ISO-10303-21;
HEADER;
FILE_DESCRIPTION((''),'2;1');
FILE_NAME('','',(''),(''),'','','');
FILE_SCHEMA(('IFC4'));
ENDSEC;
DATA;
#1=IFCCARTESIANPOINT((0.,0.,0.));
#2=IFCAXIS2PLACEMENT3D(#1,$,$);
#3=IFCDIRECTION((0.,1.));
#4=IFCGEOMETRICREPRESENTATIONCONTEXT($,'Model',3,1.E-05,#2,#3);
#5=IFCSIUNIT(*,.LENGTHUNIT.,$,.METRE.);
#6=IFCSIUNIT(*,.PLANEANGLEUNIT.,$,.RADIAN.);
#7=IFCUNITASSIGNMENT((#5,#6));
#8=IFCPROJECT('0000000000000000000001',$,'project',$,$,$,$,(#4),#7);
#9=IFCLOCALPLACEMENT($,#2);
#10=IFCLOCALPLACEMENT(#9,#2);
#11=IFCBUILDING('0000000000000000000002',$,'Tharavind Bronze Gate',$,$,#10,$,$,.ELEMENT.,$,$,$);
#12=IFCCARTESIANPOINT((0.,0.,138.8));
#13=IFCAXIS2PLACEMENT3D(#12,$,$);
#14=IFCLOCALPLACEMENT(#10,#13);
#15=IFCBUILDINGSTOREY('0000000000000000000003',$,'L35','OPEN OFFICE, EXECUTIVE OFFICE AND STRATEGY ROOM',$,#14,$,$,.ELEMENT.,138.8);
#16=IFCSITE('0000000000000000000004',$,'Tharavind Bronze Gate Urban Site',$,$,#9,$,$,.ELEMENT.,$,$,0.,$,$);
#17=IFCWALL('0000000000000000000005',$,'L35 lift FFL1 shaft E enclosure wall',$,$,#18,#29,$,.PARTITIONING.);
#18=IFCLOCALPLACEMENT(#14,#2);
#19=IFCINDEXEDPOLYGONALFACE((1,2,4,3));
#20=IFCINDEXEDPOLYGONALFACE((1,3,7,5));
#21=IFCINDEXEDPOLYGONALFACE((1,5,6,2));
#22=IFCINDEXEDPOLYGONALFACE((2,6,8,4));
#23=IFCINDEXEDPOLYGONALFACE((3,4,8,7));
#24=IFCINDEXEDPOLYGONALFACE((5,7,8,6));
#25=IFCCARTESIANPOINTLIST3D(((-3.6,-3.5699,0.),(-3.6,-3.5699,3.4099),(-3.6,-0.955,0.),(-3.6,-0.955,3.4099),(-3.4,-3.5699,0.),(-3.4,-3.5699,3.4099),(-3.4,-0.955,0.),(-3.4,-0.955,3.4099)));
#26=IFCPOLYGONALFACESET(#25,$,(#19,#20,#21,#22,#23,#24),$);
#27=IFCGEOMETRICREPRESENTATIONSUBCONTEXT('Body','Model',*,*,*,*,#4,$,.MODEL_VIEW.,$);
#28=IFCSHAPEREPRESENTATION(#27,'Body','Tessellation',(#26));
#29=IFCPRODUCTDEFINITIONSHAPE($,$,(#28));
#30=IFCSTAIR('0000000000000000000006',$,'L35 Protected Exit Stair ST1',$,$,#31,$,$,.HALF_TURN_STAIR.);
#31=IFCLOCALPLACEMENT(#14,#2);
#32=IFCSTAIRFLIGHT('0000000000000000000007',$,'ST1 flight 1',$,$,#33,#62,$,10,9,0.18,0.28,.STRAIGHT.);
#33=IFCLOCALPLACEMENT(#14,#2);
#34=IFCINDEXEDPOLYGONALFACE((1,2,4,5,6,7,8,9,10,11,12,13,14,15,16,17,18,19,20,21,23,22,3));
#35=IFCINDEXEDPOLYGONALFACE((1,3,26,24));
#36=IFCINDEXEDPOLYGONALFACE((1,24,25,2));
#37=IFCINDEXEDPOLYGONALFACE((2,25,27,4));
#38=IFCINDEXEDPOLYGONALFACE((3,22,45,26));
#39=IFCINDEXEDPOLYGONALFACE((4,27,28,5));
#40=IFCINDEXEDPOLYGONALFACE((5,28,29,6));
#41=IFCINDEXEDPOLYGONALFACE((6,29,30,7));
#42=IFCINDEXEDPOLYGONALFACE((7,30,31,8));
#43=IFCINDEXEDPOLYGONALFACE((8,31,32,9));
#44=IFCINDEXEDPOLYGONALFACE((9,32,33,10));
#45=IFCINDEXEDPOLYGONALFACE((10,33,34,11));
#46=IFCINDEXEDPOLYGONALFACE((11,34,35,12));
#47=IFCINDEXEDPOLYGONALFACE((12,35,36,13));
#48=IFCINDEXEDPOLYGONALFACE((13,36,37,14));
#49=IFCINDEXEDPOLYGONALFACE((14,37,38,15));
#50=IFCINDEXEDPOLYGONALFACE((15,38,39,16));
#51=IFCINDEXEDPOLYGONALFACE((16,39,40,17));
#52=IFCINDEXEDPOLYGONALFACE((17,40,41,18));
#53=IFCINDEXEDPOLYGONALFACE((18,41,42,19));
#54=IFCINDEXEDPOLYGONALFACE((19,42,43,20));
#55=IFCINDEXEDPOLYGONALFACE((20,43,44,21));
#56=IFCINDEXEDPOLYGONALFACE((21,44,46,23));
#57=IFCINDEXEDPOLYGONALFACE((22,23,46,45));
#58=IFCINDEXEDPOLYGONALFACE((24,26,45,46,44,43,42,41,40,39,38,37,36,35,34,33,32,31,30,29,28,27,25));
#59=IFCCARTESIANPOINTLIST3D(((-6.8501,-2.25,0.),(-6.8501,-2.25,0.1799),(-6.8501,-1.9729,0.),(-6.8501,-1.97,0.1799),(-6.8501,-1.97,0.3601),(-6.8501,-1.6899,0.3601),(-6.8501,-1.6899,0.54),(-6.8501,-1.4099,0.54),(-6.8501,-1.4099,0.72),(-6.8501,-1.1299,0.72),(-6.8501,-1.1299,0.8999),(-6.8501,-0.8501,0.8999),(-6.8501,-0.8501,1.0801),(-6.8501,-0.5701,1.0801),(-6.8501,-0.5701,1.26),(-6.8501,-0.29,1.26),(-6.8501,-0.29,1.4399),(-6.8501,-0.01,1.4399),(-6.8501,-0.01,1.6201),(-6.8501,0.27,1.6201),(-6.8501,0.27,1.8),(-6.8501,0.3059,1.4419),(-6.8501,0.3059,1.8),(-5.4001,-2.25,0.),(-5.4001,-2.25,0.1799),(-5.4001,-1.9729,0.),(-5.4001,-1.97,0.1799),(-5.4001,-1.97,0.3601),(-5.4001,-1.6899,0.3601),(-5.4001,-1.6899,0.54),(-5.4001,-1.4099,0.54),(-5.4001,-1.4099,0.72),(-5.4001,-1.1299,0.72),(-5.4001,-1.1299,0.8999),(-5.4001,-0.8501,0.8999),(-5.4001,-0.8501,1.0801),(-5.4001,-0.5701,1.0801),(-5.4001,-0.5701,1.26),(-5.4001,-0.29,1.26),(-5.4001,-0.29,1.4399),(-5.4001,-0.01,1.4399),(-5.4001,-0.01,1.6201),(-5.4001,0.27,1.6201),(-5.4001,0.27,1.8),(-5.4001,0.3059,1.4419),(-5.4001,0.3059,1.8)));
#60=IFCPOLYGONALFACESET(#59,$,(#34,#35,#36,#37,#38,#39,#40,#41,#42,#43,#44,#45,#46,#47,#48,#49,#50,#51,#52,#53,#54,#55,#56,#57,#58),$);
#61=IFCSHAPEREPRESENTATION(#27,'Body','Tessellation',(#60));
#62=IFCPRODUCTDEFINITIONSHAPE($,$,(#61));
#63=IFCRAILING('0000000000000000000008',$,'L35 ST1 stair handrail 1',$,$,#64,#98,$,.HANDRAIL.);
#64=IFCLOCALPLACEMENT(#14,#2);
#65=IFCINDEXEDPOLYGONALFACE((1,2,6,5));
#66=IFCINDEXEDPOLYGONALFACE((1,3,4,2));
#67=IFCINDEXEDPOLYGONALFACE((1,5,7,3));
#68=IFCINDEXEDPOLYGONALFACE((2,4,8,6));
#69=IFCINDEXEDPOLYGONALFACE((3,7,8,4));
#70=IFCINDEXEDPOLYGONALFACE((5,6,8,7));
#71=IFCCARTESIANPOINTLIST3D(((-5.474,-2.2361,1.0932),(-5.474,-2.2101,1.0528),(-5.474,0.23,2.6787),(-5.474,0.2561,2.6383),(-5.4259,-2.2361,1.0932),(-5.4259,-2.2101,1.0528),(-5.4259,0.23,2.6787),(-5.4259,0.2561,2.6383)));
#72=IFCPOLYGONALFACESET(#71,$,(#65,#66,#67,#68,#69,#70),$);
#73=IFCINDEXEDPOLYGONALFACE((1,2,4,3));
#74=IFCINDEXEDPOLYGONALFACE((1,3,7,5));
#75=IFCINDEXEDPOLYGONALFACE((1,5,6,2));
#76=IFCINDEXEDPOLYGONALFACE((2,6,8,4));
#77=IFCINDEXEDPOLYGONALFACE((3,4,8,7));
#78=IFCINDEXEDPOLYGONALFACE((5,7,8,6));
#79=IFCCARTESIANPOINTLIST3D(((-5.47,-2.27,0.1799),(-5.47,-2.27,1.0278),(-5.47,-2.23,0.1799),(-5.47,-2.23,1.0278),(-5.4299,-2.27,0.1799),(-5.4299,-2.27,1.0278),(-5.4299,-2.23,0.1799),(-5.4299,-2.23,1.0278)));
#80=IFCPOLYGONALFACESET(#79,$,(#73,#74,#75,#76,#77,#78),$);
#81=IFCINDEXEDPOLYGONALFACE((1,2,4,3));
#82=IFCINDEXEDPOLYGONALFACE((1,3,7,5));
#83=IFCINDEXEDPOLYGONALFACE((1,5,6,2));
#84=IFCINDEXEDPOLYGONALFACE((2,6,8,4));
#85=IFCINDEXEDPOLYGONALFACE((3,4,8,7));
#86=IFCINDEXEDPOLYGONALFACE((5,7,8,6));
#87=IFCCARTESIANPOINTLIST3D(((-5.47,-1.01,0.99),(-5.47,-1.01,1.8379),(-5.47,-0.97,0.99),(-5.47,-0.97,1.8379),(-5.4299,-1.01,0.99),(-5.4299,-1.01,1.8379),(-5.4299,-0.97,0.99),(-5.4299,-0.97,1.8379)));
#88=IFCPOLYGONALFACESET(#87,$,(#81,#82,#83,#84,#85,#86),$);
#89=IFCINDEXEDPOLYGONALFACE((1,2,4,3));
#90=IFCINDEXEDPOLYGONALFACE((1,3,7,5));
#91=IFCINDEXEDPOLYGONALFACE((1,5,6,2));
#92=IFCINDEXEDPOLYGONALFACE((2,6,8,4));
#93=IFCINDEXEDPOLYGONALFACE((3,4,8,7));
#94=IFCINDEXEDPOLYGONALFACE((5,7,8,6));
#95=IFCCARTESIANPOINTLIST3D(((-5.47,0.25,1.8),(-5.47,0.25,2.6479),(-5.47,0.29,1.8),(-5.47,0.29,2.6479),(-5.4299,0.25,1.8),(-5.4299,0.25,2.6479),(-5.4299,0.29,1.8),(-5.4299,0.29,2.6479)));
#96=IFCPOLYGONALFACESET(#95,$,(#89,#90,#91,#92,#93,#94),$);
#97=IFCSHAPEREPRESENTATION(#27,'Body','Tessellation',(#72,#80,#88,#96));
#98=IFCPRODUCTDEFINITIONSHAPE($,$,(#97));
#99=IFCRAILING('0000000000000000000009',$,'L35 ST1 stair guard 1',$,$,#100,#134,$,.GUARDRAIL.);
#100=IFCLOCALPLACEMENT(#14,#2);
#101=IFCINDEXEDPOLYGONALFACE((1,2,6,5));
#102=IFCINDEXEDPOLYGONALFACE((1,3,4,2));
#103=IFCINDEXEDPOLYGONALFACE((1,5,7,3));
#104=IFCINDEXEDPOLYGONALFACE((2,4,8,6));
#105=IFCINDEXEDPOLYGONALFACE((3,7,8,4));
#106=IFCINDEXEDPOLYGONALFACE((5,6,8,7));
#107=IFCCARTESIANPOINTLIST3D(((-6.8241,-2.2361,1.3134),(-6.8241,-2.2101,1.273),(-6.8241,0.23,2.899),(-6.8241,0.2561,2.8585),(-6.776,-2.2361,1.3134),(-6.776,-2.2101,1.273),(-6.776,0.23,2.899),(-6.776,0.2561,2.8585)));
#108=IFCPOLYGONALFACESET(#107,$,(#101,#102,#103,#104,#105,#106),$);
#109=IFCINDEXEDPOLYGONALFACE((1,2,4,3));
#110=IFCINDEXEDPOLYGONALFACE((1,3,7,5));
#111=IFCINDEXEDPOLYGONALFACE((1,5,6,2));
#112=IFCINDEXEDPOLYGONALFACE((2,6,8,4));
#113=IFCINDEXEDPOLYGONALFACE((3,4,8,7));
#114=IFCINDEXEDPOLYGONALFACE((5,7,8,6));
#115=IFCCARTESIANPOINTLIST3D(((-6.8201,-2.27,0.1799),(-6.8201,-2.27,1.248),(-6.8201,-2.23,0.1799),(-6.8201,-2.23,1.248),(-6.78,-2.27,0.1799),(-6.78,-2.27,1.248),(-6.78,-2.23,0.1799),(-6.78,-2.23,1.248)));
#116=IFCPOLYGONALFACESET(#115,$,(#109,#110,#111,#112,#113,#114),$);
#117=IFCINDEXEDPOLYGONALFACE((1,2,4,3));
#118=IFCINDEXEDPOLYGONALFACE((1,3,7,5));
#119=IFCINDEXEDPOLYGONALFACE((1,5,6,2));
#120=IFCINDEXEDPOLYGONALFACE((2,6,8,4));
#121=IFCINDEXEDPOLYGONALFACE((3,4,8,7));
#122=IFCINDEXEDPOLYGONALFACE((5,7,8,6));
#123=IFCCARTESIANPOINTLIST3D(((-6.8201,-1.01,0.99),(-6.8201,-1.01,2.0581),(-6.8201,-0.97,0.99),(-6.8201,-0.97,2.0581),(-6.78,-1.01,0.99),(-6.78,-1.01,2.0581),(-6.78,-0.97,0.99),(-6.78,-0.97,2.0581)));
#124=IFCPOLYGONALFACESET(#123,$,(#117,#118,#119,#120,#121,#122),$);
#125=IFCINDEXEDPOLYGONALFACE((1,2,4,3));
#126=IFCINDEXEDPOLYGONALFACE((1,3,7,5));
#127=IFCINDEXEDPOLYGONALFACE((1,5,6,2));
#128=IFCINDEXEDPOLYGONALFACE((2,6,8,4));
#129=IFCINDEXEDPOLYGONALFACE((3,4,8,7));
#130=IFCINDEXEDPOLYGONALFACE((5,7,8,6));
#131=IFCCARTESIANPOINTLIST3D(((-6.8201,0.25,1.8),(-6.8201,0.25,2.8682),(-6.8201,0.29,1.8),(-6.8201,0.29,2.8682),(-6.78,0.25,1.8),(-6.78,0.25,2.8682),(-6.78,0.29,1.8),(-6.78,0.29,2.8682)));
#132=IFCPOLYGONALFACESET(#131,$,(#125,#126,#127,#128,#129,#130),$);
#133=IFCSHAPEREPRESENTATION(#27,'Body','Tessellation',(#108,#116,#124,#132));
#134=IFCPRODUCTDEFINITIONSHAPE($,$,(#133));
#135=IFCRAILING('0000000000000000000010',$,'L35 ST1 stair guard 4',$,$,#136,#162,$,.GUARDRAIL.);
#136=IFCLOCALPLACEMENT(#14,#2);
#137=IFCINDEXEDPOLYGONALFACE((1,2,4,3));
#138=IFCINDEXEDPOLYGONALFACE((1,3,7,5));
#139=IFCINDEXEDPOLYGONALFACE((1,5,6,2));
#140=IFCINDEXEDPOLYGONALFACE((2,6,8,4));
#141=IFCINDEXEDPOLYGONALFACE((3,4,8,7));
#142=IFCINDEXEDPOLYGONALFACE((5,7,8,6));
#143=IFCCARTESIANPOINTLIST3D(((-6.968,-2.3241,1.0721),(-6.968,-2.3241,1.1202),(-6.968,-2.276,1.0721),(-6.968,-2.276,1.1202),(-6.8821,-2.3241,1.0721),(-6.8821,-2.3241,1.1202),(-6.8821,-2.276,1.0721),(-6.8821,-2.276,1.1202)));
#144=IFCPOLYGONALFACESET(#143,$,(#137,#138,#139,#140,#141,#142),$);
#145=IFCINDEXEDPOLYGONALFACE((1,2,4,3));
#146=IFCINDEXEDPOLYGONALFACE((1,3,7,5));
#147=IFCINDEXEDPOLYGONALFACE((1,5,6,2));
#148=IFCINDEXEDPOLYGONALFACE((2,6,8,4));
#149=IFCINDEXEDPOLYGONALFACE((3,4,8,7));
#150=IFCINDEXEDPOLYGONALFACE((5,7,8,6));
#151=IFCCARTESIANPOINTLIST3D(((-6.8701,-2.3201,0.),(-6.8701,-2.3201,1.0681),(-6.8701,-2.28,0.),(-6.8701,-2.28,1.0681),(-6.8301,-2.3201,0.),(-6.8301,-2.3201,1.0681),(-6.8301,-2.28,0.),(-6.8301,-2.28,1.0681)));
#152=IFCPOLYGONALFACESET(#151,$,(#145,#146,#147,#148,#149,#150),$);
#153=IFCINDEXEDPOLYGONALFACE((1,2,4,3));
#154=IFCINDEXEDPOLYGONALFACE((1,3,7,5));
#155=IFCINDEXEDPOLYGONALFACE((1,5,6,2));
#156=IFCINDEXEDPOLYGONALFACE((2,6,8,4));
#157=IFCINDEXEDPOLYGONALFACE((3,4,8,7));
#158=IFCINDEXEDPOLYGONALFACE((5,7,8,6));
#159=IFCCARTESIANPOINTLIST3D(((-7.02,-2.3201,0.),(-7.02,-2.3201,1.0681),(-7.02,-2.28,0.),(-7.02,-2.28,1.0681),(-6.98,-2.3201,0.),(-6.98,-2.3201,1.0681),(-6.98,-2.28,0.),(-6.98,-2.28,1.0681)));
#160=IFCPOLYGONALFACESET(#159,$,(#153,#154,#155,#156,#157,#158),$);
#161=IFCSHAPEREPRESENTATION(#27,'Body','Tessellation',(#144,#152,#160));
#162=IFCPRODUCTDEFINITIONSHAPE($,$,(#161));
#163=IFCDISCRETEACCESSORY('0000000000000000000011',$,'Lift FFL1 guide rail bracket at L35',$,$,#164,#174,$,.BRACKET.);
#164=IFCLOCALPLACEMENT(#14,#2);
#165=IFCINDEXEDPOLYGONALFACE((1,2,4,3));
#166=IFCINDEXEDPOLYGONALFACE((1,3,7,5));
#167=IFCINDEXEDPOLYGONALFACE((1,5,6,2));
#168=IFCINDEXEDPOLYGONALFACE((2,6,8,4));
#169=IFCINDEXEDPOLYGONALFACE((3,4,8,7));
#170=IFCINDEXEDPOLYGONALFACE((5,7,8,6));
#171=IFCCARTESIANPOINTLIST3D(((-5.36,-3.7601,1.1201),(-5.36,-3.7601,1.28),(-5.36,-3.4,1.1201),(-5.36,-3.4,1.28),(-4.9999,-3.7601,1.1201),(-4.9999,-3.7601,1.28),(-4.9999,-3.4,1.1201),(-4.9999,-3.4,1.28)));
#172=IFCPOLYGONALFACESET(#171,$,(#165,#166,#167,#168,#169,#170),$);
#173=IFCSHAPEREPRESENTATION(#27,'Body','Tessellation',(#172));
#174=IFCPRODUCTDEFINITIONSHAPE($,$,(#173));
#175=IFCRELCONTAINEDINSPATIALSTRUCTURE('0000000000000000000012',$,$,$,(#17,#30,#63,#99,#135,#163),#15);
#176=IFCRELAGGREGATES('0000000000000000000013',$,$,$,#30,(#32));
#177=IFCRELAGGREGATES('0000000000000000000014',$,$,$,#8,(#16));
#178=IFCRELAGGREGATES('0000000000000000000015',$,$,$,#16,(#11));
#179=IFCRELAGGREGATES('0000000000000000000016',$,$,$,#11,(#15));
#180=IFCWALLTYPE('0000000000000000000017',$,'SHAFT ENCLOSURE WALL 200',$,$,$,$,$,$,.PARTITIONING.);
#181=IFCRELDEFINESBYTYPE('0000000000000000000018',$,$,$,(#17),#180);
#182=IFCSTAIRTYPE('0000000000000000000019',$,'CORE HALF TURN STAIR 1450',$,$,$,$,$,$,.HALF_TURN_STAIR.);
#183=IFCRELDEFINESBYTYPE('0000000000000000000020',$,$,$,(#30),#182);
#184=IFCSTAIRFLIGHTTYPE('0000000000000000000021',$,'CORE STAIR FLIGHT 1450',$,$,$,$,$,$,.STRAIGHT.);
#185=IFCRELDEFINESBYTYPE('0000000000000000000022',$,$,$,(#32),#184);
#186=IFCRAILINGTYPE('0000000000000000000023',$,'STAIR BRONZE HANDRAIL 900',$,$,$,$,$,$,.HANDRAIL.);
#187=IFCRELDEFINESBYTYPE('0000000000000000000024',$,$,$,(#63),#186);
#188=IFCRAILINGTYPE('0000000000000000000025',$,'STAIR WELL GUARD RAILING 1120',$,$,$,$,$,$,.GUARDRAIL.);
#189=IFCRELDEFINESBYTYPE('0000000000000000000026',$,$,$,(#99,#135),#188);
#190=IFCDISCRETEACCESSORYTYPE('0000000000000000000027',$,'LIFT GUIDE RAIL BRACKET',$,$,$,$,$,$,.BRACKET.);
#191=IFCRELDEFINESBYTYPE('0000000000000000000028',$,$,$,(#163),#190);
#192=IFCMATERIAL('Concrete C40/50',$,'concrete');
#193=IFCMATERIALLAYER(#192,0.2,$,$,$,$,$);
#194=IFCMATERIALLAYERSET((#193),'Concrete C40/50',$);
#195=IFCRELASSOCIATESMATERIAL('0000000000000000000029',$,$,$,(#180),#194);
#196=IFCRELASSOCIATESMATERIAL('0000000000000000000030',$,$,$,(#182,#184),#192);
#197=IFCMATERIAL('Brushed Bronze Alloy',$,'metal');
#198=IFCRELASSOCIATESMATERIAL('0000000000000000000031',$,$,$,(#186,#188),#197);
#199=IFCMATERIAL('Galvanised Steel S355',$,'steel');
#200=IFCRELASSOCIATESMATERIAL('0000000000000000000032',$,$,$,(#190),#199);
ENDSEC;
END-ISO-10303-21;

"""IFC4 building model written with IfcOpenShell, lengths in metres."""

from ifc_helpers import new_model, si_unit, direction, frame, frame_2d, origin, origin_2d, place, context, subcontext, project, spatial, polyline, rectangle, outline, extrude, material, layer, layer_set, type_object, element, aggregate, save


model = new_model("IFC4")

# Units and contexts
model_context = context("Model", 3, precision=1e-05, world=origin(), true_north=direction((0.0, 1.0)))
body_context = subcontext(model_context, "Body", "Model", "MODEL_VIEW")
ifc_project = project(units=[si_unit("LENGTHUNIT", "METRE"), si_unit("PLANEANGLEUNIT", "RADIAN")], contexts=[model_context])

# Site, building, storey
site_placement = place(None, origin())
site = spatial("IfcSite", under=ifc_project, at=site_placement, Name="Tharavind Bronze Gate Urban Site", CompositionType="ELEMENT", RefElevation=0.0)
building_placement = place(site_placement, origin())
building = spatial("IfcBuilding", under=site, at=building_placement, Name="Tharavind Bronze Gate", CompositionType="ELEMENT")
storey_placement = place(building_placement, frame((0.0, 0.0, 138.8)))
storey = spatial("IfcBuildingStorey", under=building, at=storey_placement, Name="L35", Description="OPEN OFFICE, EXECUTIVE OFFICE AND STRATEGY ROOM", CompositionType="ELEMENT", Elevation=138.8)

# Wall
ifc_material_1 = material(Name="Concrete C40/50", Category="concrete")
ifc_layer_1 = layer(ifc_material_1, 0.2)
ifc_layer_set_1 = layer_set([ifc_layer_1], Name="Concrete C40/50")
wall_type_1 = type_object("IfcWallType", Name="SHAFT ENCLOSURE WALL 200", PredefinedType="PARTITIONING", material=ifc_layer_set_1)
wall_1_placement = place(storey_placement, frame((-3.5, -3.5701, 0.0), z_axis=(0.0, 0.0, 1.0), x_axis=(0.0, 1.0, 0.0)))
element("IfcWall", 1, at=wall_1_placement, inside=storey, type_object=wall_type_1, Name="L35 lift FFL1 shaft E enclosure wall", PredefinedType="PARTITIONING", context=body_context, shape_type="SweptSolid", body=[
    extrude(rectangle(XDim=2.615, YDim=0.2, at=frame_2d((1.3076, 0.0))), origin(), (0.0, 0.0, 1.0), 3.4099),
])

# Stair, stair flight
stair_type = type_object("IfcStairType", Name="CORE HALF TURN STAIR 1450", PredefinedType="HALF_TURN_STAIR", material=ifc_material_1)
stair_placement = place(storey_placement, origin())
stair = element("IfcStair", 2, at=stair_placement, inside=storey, type_object=stair_type, Name="L35 Protected Exit Stair ST1", PredefinedType="HALF_TURN_STAIR")
stair_flight_type = type_object("IfcStairFlightType", Name="CORE STAIR FLIGHT 1450", PredefinedType="STRAIGHT", material=ifc_material_1)
stair_flight_placement = place(storey_placement, frame((-6.125, -2.25, 0.0), z_axis=(0.0, 0.0, 1.0), x_axis=(0.0, 1.0, 0.0)))
stair_flight = element("IfcStairFlight", 3, at=stair_flight_placement, type_object=stair_flight_type, Name="ST1 flight 1", NumberOfRisers=10, NumberOfTreads=9, PredefinedType="STRAIGHT", RiserHeight=0.18, TreadLength=0.28, context=body_context, shape_type="SweptSolid", body=[
    extrude(outline(polyline([(0.0, 0.0), (0.0, 0.1799), (0.28, 0.1799), (0.28, 0.3601), (0.5601, 0.3601), (0.5601, 0.54), (0.8401, 0.54), (0.8401, 0.72), (1.1201, 0.72), (1.1201, 0.8999), (1.3999, 0.8999), (1.3999, 1.0801), (1.6799, 1.0801), (1.6799, 1.26), (1.96, 1.26), (1.96, 1.4399), (2.24, 1.4399), (2.24, 1.6201), (2.52, 1.6201), (2.52, 1.8), (2.5559, 1.8), (2.5559, 1.4419), (0.2771, 0.0), (0.0, 0.0)])), frame((0.0, 0.7251, 0.0), z_axis=(0.0, -1.0, 0.0), x_axis=(1.0, 0.0, 0.0)), (0.0, 0.0, 1.0), 1.45),
])
aggregate(stair, [stair_flight])

# Railings
ifc_material_2 = material(Name="Brushed Bronze Alloy", Category="metal")
railing_type_1 = type_object("IfcRailingType", Name="STAIR BRONZE HANDRAIL 900", PredefinedType="HANDRAIL", material=ifc_material_2)
railing_1_placement = place(storey_placement, frame((-5.45, -2.25, 0.1799)))
element("IfcRailing", 4, at=railing_1_placement, inside=storey, type_object=railing_type_1, Name="L35 ST1 stair handrail 1", PredefinedType="HANDRAIL", context=body_context, shape_type="SweptSolid", body=[
    extrude(rectangle(XDim=0.0481, YDim=0.0481, at=origin_2d()), frame((0.0, 0.0269, 0.8931), z_axis=(0.0, 0.841163, 0.540782), x_axis=(-1.0, 0.0, 0.0)), (0.0, 0.0, 1.0), 2.9319),
    extrude(rectangle(XDim=0.04, YDim=0.04, at=origin_2d()), origin(), (0.0, 0.0, 1.0), 0.8479),
    extrude(rectangle(XDim=0.04, YDim=0.04, at=origin_2d()), frame((0.0, 1.26, 0.8101)), (0.0, 0.0, 1.0), 0.8479),
    extrude(rectangle(XDim=0.04, YDim=0.04, at=origin_2d()), frame((0.0, 2.52, 1.6201)), (0.0, 0.0, 1.0), 0.8479),
])
railing_type_2 = type_object("IfcRailingType", Name="STAIR WELL GUARD RAILING 1120", PredefinedType="GUARDRAIL", material=ifc_material_2)
railing_2_placement = place(storey_placement, frame((-6.8, -2.25, 0.1799)))
element("IfcRailing", 5, at=railing_2_placement, inside=storey, type_object=railing_type_2, Name="L35 ST1 stair guard 1", PredefinedType="GUARDRAIL", context=body_context, shape_type="SweptSolid", body=[
    extrude(rectangle(XDim=0.0481, YDim=0.0481, at=origin_2d()), frame((0.0, 0.0269, 1.1133), z_axis=(0.0, 0.841163, 0.540782), x_axis=(-1.0, 0.0, 0.0)), (0.0, 0.0, 1.0), 2.9319),
    extrude(rectangle(XDim=0.04, YDim=0.04, at=origin_2d()), origin(), (0.0, 0.0, 1.0), 1.0681),
    extrude(rectangle(XDim=0.04, YDim=0.04, at=origin_2d()), frame((0.0, 1.26, 0.8101)), (0.0, 0.0, 1.0), 1.0681),
    extrude(rectangle(XDim=0.04, YDim=0.04, at=origin_2d()), frame((0.0, 2.52, 1.6201)), (0.0, 0.0, 1.0), 1.0681),
])
railing_3_placement = place(storey_placement, frame((-6.8501, -2.3, 0.0)))
element("IfcRailing", 6, at=railing_3_placement, inside=storey, type_object=railing_type_2, Name="L35 ST1 stair guard 4", PredefinedType="GUARDRAIL", context=body_context, shape_type="SweptSolid", body=[
    extrude(rectangle(XDim=0.0481, YDim=0.0481, at=origin_2d()), frame((-0.032, 0.0, 1.0962), z_axis=(-1.0, 0.0, 0.0), x_axis=(0.0, -1.0, 0.0)), (0.0, 0.0, 1.0), 0.0859),
    extrude(rectangle(XDim=0.04, YDim=0.04, at=origin_2d()), origin(), (0.0, 0.0, 1.0), 1.0681),
    extrude(rectangle(XDim=0.04, YDim=0.04, at=origin_2d()), frame((-0.1499, 0.0, 0.0)), (0.0, 0.0, 1.0), 1.0681),
])

# Discrete accessory
ifc_material_3 = material(Name="Galvanised Steel S355", Category="steel")
discrete_accessory_type = type_object("IfcDiscreteAccessoryType", Name="LIFT GUIDE RAIL BRACKET", PredefinedType="BRACKET", material=ifc_material_3)
discrete_accessory_placement = place(storey_placement, frame((-5.1799, -3.5801, 1.1201), z_axis=(0.0, 0.0, 1.0), x_axis=(1.0, 0.0, 0.0)))
element("IfcDiscreteAccessory", 7, at=discrete_accessory_placement, inside=storey, type_object=discrete_accessory_type, Name="Lift FFL1 guide rail bracket at L35", PredefinedType="BRACKET", context=body_context, shape_type="SweptSolid", body=[
    extrude(rectangle(XDim=0.3601, YDim=0.3601, at=origin_2d()), origin(), (0.0, 0.0, 1.0), 0.1599),
])

save(model, "model.ifc")
